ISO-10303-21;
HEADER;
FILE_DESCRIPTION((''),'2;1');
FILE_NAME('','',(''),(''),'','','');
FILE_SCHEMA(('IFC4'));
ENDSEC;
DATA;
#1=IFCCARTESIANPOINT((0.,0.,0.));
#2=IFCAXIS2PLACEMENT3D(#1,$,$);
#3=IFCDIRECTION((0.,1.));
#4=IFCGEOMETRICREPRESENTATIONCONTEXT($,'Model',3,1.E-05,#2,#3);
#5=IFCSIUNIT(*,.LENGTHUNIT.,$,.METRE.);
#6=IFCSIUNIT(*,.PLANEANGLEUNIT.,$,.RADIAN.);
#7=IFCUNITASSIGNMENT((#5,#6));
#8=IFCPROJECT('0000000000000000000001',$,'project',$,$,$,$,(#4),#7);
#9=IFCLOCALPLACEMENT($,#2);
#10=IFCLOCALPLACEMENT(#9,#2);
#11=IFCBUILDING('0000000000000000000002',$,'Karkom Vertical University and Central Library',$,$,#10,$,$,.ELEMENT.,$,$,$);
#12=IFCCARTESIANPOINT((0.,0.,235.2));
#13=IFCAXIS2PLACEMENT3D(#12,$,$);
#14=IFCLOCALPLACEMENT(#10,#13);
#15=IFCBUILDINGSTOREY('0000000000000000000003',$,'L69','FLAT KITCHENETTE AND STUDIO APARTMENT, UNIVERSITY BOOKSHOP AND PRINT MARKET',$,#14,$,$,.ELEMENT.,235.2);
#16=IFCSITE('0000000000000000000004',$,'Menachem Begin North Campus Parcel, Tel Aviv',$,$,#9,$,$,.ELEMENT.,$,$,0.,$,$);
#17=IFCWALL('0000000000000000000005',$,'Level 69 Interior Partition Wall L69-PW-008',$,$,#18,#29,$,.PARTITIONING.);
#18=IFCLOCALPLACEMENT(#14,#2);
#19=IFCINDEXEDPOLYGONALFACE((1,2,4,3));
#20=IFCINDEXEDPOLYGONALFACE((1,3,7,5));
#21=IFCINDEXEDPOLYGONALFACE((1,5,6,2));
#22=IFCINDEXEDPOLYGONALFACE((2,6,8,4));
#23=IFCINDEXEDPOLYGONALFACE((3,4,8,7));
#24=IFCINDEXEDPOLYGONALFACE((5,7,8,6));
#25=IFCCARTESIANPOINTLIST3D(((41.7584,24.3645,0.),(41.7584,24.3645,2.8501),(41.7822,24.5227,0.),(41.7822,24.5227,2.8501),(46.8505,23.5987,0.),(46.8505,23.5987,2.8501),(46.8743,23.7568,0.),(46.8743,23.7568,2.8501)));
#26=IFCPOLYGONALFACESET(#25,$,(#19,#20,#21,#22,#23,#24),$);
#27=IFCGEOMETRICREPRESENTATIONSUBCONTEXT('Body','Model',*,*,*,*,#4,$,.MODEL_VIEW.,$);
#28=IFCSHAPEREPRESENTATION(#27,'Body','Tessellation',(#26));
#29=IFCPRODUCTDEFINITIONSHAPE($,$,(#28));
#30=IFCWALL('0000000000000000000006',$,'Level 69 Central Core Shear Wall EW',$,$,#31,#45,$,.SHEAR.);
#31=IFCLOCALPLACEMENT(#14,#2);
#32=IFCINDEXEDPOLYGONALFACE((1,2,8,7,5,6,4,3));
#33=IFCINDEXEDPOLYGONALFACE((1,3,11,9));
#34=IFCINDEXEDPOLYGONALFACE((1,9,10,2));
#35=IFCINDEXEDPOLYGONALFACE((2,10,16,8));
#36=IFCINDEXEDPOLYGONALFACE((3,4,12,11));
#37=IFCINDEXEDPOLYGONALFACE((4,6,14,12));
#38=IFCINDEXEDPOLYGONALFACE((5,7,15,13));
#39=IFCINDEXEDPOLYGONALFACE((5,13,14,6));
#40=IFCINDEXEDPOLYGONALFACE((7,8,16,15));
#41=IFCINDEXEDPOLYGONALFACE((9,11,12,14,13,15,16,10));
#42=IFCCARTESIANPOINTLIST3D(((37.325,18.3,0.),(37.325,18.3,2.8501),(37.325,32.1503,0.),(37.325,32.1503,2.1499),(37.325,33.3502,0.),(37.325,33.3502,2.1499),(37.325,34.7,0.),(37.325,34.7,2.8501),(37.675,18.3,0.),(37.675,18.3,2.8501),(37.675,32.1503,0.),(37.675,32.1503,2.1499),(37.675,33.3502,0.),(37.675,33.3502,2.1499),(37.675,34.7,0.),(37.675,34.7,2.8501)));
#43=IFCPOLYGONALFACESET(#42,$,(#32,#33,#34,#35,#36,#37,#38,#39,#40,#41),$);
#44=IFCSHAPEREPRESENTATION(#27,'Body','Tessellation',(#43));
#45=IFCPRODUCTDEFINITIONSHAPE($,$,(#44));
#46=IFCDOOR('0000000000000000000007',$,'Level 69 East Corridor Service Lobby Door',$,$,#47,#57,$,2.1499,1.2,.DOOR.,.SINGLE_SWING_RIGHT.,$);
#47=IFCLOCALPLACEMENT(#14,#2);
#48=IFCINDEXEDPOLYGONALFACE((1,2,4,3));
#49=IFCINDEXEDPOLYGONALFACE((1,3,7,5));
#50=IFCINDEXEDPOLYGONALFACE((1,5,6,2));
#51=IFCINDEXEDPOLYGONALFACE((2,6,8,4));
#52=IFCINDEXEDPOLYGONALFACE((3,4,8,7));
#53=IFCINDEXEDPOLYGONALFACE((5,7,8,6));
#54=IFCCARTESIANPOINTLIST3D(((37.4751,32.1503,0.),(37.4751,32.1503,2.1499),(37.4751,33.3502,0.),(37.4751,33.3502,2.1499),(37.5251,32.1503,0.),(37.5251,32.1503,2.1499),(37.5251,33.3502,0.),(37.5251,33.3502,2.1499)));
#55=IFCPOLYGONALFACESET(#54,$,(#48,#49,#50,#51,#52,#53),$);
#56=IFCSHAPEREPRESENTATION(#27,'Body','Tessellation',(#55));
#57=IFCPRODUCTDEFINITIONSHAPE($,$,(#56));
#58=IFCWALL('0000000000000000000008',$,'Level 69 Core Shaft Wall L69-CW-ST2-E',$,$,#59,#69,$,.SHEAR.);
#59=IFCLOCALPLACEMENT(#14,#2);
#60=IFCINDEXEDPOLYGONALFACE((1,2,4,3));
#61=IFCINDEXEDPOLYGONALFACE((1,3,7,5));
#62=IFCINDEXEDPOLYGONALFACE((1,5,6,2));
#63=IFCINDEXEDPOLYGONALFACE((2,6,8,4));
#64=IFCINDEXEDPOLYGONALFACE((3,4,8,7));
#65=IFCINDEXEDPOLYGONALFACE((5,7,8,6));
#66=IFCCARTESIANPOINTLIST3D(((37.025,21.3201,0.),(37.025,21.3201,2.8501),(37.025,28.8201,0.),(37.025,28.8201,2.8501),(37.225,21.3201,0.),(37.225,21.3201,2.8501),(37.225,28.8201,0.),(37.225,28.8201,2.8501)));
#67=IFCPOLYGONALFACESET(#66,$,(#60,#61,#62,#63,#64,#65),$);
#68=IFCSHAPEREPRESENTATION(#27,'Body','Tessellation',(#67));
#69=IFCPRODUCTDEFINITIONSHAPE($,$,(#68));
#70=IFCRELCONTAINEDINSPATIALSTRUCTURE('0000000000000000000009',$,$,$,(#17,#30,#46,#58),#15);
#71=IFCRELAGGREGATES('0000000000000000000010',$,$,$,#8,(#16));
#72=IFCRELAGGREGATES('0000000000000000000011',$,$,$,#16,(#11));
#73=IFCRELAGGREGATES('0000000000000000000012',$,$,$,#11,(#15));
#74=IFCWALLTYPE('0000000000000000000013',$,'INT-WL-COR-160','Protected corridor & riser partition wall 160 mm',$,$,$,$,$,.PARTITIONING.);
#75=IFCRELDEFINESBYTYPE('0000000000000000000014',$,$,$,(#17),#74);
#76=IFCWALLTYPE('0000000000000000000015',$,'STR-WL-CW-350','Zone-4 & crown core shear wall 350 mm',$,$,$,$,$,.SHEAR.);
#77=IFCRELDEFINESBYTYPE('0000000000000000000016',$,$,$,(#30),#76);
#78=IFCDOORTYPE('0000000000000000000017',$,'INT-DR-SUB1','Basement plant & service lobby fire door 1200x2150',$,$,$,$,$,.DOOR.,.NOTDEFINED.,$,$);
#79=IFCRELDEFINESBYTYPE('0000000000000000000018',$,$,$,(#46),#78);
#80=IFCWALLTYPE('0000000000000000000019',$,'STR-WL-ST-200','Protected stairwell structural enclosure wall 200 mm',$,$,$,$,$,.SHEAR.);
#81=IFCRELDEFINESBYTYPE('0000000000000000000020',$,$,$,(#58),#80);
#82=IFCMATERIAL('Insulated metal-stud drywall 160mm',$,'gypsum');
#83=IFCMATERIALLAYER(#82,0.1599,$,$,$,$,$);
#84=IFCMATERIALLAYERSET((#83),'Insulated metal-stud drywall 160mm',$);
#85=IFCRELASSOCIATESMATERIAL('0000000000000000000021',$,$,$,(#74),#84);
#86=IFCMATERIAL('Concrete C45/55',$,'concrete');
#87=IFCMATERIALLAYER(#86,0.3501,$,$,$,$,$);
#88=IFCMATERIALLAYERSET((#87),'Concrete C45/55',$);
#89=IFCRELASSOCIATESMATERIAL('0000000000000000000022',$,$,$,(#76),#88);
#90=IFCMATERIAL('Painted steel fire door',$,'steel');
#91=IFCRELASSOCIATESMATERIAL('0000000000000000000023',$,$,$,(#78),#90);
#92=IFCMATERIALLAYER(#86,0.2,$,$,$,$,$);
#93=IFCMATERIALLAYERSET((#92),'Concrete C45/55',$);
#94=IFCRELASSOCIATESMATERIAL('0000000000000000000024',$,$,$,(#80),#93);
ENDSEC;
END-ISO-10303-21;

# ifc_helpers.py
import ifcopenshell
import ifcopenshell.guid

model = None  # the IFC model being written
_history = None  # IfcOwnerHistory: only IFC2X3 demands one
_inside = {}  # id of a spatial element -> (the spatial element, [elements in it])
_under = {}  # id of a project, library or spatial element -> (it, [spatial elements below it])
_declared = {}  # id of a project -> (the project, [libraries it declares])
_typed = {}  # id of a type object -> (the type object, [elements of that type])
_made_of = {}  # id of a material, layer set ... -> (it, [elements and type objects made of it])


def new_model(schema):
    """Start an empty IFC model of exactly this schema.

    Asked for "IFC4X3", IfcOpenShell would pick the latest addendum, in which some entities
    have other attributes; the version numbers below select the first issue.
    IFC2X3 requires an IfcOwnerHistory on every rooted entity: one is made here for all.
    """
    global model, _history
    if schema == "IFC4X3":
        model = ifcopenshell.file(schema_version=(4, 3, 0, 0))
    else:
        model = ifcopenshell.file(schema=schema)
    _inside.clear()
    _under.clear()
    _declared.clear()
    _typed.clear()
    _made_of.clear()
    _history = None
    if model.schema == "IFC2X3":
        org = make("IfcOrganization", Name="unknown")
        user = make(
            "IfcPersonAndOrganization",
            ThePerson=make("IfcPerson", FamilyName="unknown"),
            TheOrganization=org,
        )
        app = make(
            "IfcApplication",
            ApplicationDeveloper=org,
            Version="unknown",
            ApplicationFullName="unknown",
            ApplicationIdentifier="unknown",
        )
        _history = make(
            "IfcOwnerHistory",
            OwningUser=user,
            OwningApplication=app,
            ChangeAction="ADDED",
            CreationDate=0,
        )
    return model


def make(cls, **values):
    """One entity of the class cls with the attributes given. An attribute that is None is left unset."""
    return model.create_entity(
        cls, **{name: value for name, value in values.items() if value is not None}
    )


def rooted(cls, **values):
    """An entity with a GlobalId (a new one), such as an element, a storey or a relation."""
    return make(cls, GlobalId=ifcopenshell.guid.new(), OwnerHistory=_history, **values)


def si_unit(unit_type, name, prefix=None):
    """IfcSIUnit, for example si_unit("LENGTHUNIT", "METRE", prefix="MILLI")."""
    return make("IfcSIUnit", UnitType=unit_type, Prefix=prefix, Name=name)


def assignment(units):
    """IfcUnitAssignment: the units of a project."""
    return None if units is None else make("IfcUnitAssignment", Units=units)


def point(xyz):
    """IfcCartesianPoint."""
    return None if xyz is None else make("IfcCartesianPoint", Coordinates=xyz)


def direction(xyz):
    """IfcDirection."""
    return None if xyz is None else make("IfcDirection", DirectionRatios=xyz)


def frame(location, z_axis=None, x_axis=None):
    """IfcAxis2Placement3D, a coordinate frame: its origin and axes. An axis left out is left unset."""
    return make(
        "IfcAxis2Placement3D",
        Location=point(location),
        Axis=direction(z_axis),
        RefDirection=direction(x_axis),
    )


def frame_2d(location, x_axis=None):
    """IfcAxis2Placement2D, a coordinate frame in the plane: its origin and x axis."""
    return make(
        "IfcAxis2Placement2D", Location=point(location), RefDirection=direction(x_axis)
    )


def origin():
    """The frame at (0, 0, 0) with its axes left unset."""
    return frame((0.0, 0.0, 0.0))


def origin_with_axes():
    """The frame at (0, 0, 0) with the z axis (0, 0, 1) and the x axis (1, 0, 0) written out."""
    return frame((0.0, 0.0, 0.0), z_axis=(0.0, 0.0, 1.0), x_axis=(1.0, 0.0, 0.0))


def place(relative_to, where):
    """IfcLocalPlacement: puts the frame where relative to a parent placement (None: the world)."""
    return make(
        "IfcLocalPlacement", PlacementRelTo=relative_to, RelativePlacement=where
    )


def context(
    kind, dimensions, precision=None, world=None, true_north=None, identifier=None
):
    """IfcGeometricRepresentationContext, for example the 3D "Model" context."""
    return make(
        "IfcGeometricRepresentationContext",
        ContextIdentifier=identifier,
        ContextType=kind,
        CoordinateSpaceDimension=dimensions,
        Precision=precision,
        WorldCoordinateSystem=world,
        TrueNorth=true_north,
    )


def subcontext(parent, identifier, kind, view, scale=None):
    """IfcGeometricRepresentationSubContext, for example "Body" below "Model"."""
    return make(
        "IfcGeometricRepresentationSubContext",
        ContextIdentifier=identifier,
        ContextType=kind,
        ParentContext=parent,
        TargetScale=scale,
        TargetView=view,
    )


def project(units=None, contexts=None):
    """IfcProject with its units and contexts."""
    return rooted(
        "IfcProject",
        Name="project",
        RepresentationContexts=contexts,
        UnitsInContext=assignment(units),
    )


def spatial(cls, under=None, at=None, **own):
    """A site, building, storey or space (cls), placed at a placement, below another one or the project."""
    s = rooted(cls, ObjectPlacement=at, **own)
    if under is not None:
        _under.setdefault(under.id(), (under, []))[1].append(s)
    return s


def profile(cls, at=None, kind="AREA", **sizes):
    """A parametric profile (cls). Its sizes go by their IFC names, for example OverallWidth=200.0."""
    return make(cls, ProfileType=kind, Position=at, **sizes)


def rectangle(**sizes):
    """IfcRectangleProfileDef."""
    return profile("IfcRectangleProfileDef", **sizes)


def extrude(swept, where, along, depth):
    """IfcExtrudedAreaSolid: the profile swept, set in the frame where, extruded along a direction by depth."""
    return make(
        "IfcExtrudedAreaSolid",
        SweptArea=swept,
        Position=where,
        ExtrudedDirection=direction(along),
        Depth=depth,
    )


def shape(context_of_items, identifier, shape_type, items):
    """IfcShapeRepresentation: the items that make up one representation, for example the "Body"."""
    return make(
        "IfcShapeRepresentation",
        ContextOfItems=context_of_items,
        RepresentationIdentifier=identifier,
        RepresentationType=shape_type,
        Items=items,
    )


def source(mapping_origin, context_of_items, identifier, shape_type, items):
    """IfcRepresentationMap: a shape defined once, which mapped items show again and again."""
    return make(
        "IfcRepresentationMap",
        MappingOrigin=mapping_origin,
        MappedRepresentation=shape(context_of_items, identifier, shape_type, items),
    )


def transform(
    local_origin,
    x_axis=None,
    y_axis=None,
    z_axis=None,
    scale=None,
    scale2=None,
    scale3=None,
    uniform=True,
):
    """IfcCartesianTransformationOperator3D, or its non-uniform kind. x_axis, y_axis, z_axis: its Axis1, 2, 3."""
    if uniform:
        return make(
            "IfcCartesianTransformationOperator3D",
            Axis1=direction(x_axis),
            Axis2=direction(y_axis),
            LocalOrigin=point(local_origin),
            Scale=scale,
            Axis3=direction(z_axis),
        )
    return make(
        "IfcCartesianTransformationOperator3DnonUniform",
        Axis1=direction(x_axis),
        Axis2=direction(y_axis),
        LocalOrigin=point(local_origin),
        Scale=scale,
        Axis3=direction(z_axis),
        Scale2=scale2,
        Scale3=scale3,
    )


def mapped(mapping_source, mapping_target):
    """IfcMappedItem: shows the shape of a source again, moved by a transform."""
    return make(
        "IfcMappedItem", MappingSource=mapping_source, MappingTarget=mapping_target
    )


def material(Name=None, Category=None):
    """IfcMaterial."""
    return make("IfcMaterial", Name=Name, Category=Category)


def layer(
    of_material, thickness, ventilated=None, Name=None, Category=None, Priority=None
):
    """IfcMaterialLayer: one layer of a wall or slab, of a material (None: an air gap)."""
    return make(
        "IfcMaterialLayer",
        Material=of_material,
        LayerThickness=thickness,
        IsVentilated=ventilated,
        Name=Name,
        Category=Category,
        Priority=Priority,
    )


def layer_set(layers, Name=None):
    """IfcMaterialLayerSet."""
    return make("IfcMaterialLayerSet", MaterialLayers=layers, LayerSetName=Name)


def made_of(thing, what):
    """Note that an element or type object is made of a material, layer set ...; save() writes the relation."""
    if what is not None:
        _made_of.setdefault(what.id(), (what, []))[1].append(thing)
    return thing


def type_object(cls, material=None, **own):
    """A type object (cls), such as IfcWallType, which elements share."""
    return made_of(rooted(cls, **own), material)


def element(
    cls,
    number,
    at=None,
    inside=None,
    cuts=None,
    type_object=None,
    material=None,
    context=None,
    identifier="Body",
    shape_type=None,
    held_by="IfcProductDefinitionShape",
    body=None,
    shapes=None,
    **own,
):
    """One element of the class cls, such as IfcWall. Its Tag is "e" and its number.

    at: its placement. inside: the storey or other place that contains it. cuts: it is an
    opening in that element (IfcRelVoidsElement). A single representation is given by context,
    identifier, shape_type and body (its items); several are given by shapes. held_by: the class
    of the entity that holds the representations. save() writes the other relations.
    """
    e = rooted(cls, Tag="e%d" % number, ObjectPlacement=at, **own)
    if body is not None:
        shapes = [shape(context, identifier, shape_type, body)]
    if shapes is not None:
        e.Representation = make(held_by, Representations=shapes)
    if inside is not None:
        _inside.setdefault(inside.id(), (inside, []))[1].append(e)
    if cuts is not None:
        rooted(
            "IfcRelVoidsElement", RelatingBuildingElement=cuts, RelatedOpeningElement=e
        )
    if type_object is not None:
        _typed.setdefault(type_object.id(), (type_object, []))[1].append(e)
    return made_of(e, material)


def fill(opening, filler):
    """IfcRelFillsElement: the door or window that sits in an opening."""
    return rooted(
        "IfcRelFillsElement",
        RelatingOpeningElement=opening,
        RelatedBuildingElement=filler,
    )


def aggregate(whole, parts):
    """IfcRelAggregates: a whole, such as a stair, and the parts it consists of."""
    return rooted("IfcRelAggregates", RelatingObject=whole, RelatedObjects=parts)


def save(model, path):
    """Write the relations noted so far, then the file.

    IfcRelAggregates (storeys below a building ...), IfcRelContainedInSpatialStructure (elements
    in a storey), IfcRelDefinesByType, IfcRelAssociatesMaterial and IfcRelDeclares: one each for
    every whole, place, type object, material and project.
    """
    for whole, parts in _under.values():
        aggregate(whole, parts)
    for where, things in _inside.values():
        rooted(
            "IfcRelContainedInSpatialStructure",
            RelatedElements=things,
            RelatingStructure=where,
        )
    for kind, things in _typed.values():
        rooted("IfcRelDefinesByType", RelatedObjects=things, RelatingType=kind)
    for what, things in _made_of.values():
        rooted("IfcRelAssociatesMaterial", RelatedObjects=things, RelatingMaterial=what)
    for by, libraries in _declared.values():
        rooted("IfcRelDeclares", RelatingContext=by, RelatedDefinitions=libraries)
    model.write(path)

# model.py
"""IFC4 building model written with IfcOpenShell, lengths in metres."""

from ifc_helpers import new_model, si_unit, direction, frame, frame_2d, origin, origin_with_axes, place, context, subcontext, project, spatial, rectangle, extrude, source, transform, mapped, material, layer, layer_set, type_object, element, fill, save


model = new_model("IFC4")

# Units and contexts
model_context = context("Model", 3, precision=1e-05, world=origin(), true_north=direction((0.0, 1.0)))
body_context = subcontext(model_context, "Body", "Model", "MODEL_VIEW")
ifc_project = project(units=[si_unit("LENGTHUNIT", "METRE"), si_unit("PLANEANGLEUNIT", "RADIAN")], contexts=[model_context])

# Site, building, storey
site_placement = place(None, origin())
site = spatial("IfcSite", under=ifc_project, at=site_placement, Name="Menachem Begin North Campus Parcel, Tel Aviv", CompositionType="ELEMENT", RefElevation=0.0)
building_placement = place(site_placement, origin())
building = spatial("IfcBuilding", under=site, at=building_placement, Name="Karkom Vertical University and Central Library", CompositionType="ELEMENT")
storey_placement = place(building_placement, frame((0.0, 0.0, 235.2)))
storey = spatial("IfcBuildingStorey", under=building, at=storey_placement, Name="L69", Description="FLAT KITCHENETTE AND STUDIO APARTMENT, UNIVERSITY BOOKSHOP AND PRINT MARKET", CompositionType="ELEMENT", Elevation=235.2)

# Shared definitions
ifc_material_1 = material(Name="Concrete C45/55", Category="concrete")

# Shared definitions
ifc_material_2 = material(Name="Insulated metal-stud drywall 160mm", Category="gypsum")
ifc_layer_1 = layer(ifc_material_2, 0.1599)
ifc_layer_set_1 = layer_set([ifc_layer_1], Name="Insulated metal-stud drywall 160mm")
wall_type_1 = type_object("IfcWallType", Name="INT-WL-COR-160", Description="Protected corridor & riser partition wall 160 mm", PredefinedType="PARTITIONING", material=ifc_layer_set_1)

# Wall
wall_1_placement = place(storey_placement, frame((41.7703, 24.4436, 0.0), z_axis=(0.0, 0.0, 1.0), x_axis=(0.988878, -0.148732, 0.0)))
element("IfcWall", 1, at=wall_1_placement, inside=storey, type_object=wall_type_1, Name="Level 69 Interior Partition Wall L69-PW-008", PredefinedType="PARTITIONING", context=body_context, shape_type="SweptSolid", body=[
    extrude(rectangle(XDim=5.1494, YDim=0.1599, at=frame_2d((2.5747, 0.0))), origin(), (0.0, 0.0, 1.0), 2.8501),
])

# Wall, opening, door
ifc_layer_2 = layer(ifc_material_1, 0.3501)
ifc_layer_set_2 = layer_set([ifc_layer_2], Name="Concrete C45/55")
wall_type_2 = type_object("IfcWallType", Name="STR-WL-CW-350", Description="Zone-4 & crown core shear wall 350 mm", PredefinedType="SHEAR", material=ifc_layer_set_2)
wall_2_placement = place(storey_placement, frame((37.5, 18.3, 0.0), z_axis=(0.0, 0.0, 1.0), x_axis=(0.0, 1.0, 0.0)))
wall_2 = element("IfcWall", 2, at=wall_2_placement, inside=storey, type_object=wall_type_2, Name="Level 69 Central Core Shear Wall EW", PredefinedType="SHEAR", context=body_context, shape_type="SweptSolid", body=[
    extrude(rectangle(XDim=16.3999, YDim=0.3501, at=frame_2d((8.2, 0.0))), origin(), (0.0, 0.0, 1.0), 2.8501),
])
opening_1_placement = place(wall_2_placement, frame((13.8501, 0.0, 0.0)))
opening_1 = element("IfcOpeningElement", 3, at=opening_1_placement, cuts=wall_2, PredefinedType="OPENING", context=body_context, shape_type="SweptSolid", body=[
    extrude(rectangle(XDim=1.2, YDim=2.1499, at=frame_2d((0.6001, 1.075))), frame((0.0, 0.1851, 0.0), z_axis=(0.0, -1.0, 0.0), x_axis=(1.0, 0.0, 0.0)), (0.0, 0.0, 1.0), 0.3701),
])
ifc_material_3 = material(Name="Painted steel fire door", Category="steel")
door_type_1 = type_object("IfcDoorType", Name="INT-DR-SUB1", Description="Basement plant & service lobby fire door 1200x2150", OperationType="NOTDEFINED", PredefinedType="DOOR", material=ifc_material_3)
shared_shape_1 = source(origin_with_axes(), body_context, "Body", "SweptSolid", [
    extrude(rectangle(XDim=1.2, YDim=2.1499, at=frame_2d((0.6001, 1.075))), frame((0.0, 0.0249, 0.0), z_axis=(0.0, -1.0, 0.0), x_axis=(1.0, 0.0, 0.0)), (0.0, 0.0, 1.0), 0.05),
])
door_1_placement = place(opening_1_placement, origin())
door_1 = element("IfcDoor", 4, at=door_1_placement, inside=storey, type_object=door_type_1, Name="Level 69 East Corridor Service Lobby Door", OperationType="SINGLE_SWING_RIGHT", OverallHeight=2.1499, OverallWidth=1.2, PredefinedType="DOOR", context=body_context, shape_type="MappedRepresentation", body=[
    mapped(shared_shape_1, transform((0.0, 0.0, 0.0), scale=1.0)),
])
fill(opening_1, door_1)

# Wall
ifc_layer_3 = layer(ifc_material_1, 0.2)
ifc_layer_set_3 = layer_set([ifc_layer_3], Name="Concrete C45/55")
wall_type_3 = type_object("IfcWallType", Name="STR-WL-ST-200", Description="Protected stairwell structural enclosure wall 200 mm", PredefinedType="SHEAR", material=ifc_layer_set_3)
wall_3_placement = place(storey_placement, frame((37.125, 21.3201, 0.0), z_axis=(0.0, 0.0, 1.0), x_axis=(0.0, 1.0, 0.0)))
element("IfcWall", 5, at=wall_3_placement, inside=storey, type_object=wall_type_3, Name="Level 69 Core Shaft Wall L69-CW-ST2-E", PredefinedType="SHEAR", context=body_context, shape_type="SweptSolid", body=[
    extrude(rectangle(XDim=7.5, YDim=0.2, at=frame_2d((3.75, 0.0))), origin(), (0.0, 0.0, 1.0), 2.8501),
])

save(model, "model.ifc")
